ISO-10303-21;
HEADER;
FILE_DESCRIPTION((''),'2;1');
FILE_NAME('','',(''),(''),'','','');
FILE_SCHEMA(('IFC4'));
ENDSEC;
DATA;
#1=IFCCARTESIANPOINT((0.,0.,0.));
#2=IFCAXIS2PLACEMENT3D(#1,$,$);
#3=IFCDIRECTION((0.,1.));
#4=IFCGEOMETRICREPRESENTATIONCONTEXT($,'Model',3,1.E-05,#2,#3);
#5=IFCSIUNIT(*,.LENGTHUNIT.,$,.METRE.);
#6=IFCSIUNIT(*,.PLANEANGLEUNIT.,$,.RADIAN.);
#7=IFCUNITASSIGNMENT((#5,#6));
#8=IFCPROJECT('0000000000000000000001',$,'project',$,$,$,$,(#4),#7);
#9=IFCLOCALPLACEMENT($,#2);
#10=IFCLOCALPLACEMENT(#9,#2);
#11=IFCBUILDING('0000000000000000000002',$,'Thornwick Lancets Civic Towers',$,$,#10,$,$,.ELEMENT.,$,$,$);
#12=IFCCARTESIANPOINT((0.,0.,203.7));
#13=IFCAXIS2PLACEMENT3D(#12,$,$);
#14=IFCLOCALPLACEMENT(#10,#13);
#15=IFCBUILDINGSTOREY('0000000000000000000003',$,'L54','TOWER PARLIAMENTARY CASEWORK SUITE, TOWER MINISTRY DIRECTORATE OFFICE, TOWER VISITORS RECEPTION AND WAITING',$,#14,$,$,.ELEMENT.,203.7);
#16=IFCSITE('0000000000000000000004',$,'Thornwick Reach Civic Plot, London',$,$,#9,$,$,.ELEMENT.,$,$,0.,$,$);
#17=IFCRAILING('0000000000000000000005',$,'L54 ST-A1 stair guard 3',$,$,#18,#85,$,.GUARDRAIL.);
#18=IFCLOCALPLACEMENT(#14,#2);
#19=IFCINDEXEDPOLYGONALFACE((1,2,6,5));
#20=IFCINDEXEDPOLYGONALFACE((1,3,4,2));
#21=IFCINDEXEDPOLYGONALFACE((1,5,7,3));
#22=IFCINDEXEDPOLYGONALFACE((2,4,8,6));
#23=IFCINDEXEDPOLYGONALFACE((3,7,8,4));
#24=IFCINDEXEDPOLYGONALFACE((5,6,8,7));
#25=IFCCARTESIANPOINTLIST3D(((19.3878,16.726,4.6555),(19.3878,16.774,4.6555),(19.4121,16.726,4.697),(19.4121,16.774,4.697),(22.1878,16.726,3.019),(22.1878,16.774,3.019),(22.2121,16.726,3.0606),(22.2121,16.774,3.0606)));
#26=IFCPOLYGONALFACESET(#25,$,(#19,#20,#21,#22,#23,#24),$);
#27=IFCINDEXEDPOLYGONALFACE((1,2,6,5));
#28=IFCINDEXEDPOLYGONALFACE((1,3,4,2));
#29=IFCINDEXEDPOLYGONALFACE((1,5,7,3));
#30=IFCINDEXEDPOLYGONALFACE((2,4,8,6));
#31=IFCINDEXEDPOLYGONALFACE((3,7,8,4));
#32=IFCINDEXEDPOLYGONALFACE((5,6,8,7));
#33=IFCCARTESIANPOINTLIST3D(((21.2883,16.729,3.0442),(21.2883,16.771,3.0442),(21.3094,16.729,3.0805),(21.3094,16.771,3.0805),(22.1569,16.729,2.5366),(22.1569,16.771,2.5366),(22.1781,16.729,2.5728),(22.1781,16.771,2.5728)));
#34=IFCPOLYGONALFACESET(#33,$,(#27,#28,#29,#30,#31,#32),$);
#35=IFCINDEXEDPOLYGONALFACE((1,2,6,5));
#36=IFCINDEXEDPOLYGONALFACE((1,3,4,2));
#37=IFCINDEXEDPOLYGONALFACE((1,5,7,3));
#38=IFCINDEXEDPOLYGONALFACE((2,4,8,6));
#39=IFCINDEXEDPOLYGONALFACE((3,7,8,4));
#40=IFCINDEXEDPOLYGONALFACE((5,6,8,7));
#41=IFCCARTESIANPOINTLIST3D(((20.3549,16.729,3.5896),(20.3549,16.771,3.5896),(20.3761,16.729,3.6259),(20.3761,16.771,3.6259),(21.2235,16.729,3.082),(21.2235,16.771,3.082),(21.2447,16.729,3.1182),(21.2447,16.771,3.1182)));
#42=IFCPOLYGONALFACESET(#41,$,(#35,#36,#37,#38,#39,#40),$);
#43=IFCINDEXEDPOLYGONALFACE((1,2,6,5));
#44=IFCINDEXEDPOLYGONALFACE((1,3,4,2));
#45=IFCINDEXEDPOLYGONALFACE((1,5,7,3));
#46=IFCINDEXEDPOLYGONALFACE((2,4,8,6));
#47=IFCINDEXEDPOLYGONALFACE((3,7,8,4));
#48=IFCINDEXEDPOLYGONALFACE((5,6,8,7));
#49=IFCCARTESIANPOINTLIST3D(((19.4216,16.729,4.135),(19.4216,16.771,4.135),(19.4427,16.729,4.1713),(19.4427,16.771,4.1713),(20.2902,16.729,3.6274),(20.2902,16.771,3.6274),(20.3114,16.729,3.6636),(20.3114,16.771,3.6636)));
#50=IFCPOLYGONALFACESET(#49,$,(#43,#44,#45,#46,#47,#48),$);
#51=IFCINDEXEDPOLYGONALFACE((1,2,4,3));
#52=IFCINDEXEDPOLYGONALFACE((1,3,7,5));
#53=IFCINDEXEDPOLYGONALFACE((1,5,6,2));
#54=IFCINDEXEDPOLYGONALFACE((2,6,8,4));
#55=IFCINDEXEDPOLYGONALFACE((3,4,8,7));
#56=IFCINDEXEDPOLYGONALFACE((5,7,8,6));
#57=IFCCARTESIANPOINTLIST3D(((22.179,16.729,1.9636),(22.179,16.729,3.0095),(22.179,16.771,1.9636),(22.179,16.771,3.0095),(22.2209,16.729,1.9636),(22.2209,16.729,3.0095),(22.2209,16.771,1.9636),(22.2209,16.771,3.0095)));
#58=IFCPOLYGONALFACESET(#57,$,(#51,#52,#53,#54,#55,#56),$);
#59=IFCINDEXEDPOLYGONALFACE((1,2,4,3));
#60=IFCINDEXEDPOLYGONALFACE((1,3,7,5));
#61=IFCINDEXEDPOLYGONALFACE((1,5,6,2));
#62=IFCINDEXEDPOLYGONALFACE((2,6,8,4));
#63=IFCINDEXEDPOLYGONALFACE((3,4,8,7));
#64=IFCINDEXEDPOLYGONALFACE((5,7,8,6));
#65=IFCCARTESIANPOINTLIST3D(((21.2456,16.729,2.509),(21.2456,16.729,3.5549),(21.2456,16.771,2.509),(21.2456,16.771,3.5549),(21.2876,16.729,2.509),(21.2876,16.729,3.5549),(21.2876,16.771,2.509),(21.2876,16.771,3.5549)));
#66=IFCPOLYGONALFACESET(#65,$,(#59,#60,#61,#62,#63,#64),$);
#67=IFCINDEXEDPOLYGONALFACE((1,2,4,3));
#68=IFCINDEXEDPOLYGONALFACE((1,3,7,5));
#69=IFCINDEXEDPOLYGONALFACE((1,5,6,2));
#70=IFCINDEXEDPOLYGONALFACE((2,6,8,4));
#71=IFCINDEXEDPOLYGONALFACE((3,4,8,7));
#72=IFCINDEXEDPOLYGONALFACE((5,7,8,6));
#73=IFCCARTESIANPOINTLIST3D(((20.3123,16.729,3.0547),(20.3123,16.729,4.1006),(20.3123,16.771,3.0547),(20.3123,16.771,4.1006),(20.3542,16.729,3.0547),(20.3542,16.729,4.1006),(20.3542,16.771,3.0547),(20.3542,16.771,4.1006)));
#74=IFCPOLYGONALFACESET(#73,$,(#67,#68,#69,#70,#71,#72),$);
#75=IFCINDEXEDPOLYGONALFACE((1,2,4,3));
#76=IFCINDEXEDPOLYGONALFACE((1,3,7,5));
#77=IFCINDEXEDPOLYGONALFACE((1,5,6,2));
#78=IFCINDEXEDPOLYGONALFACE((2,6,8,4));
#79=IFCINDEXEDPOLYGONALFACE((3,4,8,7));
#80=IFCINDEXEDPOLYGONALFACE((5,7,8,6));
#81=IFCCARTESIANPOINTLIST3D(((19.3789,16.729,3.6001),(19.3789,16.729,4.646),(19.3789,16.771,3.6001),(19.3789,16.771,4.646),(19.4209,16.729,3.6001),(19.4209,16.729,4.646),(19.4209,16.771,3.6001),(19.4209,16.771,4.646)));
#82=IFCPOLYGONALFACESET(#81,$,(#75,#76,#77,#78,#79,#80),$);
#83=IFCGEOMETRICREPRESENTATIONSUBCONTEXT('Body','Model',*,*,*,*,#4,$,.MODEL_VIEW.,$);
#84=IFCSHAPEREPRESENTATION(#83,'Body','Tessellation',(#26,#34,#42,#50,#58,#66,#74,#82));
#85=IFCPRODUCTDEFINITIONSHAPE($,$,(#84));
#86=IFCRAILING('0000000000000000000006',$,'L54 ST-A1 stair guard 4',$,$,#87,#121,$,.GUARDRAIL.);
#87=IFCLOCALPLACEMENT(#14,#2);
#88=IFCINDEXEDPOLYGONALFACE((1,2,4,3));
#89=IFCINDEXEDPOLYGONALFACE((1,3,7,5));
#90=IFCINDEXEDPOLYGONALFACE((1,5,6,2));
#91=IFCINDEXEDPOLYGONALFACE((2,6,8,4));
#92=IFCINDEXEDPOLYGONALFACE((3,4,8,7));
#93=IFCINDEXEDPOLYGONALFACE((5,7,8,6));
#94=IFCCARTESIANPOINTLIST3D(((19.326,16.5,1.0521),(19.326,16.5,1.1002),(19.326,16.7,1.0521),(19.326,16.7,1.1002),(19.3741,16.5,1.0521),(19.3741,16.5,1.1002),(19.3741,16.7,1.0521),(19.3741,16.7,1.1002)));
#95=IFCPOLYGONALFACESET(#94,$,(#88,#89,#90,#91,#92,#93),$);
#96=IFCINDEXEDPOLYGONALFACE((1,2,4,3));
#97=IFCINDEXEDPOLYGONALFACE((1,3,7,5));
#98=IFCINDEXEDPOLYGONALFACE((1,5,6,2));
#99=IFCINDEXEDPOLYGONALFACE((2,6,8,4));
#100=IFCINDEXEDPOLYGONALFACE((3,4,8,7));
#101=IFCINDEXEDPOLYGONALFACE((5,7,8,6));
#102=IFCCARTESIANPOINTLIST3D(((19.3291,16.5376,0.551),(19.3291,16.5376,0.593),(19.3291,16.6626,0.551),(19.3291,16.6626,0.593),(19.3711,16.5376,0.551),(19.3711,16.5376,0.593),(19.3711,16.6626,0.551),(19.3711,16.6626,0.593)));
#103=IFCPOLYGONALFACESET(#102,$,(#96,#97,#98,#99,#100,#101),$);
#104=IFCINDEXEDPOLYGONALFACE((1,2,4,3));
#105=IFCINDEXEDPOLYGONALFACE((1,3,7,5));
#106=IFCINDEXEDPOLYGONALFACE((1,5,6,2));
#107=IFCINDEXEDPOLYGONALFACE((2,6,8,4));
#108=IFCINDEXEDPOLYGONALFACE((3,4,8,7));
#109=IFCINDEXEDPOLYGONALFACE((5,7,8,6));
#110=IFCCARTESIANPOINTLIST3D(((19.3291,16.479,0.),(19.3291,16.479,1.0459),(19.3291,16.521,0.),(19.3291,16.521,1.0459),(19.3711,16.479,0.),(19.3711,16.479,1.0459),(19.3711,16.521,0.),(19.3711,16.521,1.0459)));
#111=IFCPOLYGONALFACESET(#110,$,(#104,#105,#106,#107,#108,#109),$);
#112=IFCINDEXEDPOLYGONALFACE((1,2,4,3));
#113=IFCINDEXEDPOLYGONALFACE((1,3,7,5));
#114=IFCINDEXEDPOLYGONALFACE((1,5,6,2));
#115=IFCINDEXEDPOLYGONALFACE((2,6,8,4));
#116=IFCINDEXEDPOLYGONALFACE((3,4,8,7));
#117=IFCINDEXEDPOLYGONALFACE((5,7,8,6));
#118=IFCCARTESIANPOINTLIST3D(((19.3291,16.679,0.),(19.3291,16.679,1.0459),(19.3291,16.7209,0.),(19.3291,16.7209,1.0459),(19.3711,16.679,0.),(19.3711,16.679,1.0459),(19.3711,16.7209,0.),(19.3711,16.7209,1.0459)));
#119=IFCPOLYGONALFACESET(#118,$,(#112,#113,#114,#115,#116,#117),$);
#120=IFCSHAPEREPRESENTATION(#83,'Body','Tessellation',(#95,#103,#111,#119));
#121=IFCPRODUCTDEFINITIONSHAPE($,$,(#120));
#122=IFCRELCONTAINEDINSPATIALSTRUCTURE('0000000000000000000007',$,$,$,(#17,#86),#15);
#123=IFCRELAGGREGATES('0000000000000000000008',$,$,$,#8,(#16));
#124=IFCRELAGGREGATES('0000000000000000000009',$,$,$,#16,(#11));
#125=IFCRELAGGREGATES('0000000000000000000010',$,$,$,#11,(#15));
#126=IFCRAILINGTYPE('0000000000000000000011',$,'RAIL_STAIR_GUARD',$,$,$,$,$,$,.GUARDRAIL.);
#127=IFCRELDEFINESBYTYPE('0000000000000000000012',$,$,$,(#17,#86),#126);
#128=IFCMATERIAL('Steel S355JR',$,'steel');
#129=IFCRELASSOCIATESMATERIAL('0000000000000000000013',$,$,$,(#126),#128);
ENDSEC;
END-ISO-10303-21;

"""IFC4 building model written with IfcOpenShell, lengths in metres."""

from ifc_helpers import new_model, si_unit, direction, frame, origin, origin_2d, place, context, subcontext, project, spatial, rectangle, extrude, material, type_object, element, save


model = new_model("IFC4")

# Units and contexts
model_context = context("Model", 3, precision=1e-05, world=origin(), true_north=direction((0.0, 1.0)))
body_context = subcontext(model_context, "Body", "Model", "MODEL_VIEW")
ifc_project = project(units=[si_unit("LENGTHUNIT", "METRE"), si_unit("PLANEANGLEUNIT", "RADIAN")], contexts=[model_context])

# Site, building, storey
site_placement = place(None, origin())
site = spatial("IfcSite", under=ifc_project, at=site_placement, Name="Thornwick Reach Civic Plot, London", CompositionType="ELEMENT", RefElevation=0.0)
building_placement = place(site_placement, origin())
building = spatial("IfcBuilding", under=site, at=building_placement, Name="Thornwick Lancets Civic Towers", CompositionType="ELEMENT")
storey_placement = place(building_placement, frame((0.0, 0.0, 203.7)))
storey = spatial("IfcBuildingStorey", under=building, at=storey_placement, Name="L54", Description="TOWER PARLIAMENTARY CASEWORK SUITE, TOWER MINISTRY DIRECTORATE OFFICE, TOWER VISITORS RECEPTION AND WAITING", CompositionType="ELEMENT", Elevation=203.7)

# Shared definitions
ifc_material_1 = material(Name="Steel S355JR", Category="steel")

# Railings
railing_type_1 = type_object("IfcRailingType", Name="RAIL_STAIR_GUARD", PredefinedType="GUARDRAIL", material=ifc_material_1)
railing_1_placement = place(storey_placement, frame((22.2, 16.75, 1.9636)))
element("IfcRailing", 1, at=railing_1_placement, inside=storey, type_object=railing_type_1, Name="L54 ST-A1 stair guard 3", PredefinedType="GUARDRAIL", context=body_context, shape_type="SweptSolid", body=[
    extrude(rectangle(XDim=0.0481, YDim=0.0481, at=origin_2d()), frame((0.0, 0.0, 1.0762), z_axis=(-0.863361, 0.0, 0.504587), x_axis=(0.0, -1.0, 0.0)), (0.0, 0.0, 1.0), 3.2432),
    extrude(rectangle(XDim=0.042, YDim=0.042, at=origin_2d()), frame((-0.0325, 0.0, 0.5911), z_axis=(-0.863361, 0.0, 0.504587), x_axis=(0.0, -1.0, 0.0)), (0.0, 0.0, 1.0), 1.0061),
    extrude(rectangle(XDim=0.042, YDim=0.042, at=origin_2d()), frame((-0.9658, 0.0, 1.1365), z_axis=(-0.863361, 0.0, 0.504587), x_axis=(0.0, -1.0, 0.0)), (0.0, 0.0, 1.0), 1.0061),
    extrude(rectangle(XDim=0.042, YDim=0.042, at=origin_2d()), frame((-1.8992, 0.0, 1.6819), z_axis=(-0.863361, 0.0, 0.504587), x_axis=(0.0, -1.0, 0.0)), (0.0, 0.0, 1.0), 1.0061),
    extrude(rectangle(XDim=0.042, YDim=0.042, at=origin_2d()), origin(), (0.0, 0.0, 1.0), 1.0459),
    extrude(rectangle(XDim=0.042, YDim=0.042, at=origin_2d()), frame((-0.9333, 0.0, 0.5454)), (0.0, 0.0, 1.0), 1.0459),
    extrude(rectangle(XDim=0.042, YDim=0.042, at=origin_2d()), frame((-1.8667, 0.0, 1.0911)), (0.0, 0.0, 1.0), 1.0459),
    extrude(rectangle(XDim=0.042, YDim=0.042, at=origin_2d()), frame((-2.8, 0.0, 1.6365)), (0.0, 0.0, 1.0), 1.0459),
])
railing_2_placement = place(storey_placement, frame((19.3501, 16.5, 0.0)))
element("IfcRailing", 2, at=railing_2_placement, inside=storey, type_object=railing_type_1, Name="L54 ST-A1 stair guard 4", PredefinedType="GUARDRAIL", context=body_context, shape_type="SweptSolid", body=[
    extrude(rectangle(XDim=0.0481, YDim=0.0481, at=origin_2d()), frame((0.0, 0.0, 1.0762), z_axis=(0.0, 1.0, 0.0), x_axis=(-1.0, 0.0, 0.0)), (0.0, 0.0, 1.0), 0.2),
    extrude(rectangle(XDim=0.042, YDim=0.042, at=origin_2d()), frame((0.0, 0.0376, 0.572), z_axis=(0.0, 1.0, 0.0), x_axis=(-1.0, 0.0, 0.0)), (0.0, 0.0, 1.0), 0.125),
    extrude(rectangle(XDim=0.042, YDim=0.042, at=origin_2d()), origin(), (0.0, 0.0, 1.0), 1.0459),
    extrude(rectangle(XDim=0.042, YDim=0.042, at=origin_2d()), frame((0.0, 0.2, 0.0)), (0.0, 0.0, 1.0), 1.0459),
])

save(model, "model.ifc")
